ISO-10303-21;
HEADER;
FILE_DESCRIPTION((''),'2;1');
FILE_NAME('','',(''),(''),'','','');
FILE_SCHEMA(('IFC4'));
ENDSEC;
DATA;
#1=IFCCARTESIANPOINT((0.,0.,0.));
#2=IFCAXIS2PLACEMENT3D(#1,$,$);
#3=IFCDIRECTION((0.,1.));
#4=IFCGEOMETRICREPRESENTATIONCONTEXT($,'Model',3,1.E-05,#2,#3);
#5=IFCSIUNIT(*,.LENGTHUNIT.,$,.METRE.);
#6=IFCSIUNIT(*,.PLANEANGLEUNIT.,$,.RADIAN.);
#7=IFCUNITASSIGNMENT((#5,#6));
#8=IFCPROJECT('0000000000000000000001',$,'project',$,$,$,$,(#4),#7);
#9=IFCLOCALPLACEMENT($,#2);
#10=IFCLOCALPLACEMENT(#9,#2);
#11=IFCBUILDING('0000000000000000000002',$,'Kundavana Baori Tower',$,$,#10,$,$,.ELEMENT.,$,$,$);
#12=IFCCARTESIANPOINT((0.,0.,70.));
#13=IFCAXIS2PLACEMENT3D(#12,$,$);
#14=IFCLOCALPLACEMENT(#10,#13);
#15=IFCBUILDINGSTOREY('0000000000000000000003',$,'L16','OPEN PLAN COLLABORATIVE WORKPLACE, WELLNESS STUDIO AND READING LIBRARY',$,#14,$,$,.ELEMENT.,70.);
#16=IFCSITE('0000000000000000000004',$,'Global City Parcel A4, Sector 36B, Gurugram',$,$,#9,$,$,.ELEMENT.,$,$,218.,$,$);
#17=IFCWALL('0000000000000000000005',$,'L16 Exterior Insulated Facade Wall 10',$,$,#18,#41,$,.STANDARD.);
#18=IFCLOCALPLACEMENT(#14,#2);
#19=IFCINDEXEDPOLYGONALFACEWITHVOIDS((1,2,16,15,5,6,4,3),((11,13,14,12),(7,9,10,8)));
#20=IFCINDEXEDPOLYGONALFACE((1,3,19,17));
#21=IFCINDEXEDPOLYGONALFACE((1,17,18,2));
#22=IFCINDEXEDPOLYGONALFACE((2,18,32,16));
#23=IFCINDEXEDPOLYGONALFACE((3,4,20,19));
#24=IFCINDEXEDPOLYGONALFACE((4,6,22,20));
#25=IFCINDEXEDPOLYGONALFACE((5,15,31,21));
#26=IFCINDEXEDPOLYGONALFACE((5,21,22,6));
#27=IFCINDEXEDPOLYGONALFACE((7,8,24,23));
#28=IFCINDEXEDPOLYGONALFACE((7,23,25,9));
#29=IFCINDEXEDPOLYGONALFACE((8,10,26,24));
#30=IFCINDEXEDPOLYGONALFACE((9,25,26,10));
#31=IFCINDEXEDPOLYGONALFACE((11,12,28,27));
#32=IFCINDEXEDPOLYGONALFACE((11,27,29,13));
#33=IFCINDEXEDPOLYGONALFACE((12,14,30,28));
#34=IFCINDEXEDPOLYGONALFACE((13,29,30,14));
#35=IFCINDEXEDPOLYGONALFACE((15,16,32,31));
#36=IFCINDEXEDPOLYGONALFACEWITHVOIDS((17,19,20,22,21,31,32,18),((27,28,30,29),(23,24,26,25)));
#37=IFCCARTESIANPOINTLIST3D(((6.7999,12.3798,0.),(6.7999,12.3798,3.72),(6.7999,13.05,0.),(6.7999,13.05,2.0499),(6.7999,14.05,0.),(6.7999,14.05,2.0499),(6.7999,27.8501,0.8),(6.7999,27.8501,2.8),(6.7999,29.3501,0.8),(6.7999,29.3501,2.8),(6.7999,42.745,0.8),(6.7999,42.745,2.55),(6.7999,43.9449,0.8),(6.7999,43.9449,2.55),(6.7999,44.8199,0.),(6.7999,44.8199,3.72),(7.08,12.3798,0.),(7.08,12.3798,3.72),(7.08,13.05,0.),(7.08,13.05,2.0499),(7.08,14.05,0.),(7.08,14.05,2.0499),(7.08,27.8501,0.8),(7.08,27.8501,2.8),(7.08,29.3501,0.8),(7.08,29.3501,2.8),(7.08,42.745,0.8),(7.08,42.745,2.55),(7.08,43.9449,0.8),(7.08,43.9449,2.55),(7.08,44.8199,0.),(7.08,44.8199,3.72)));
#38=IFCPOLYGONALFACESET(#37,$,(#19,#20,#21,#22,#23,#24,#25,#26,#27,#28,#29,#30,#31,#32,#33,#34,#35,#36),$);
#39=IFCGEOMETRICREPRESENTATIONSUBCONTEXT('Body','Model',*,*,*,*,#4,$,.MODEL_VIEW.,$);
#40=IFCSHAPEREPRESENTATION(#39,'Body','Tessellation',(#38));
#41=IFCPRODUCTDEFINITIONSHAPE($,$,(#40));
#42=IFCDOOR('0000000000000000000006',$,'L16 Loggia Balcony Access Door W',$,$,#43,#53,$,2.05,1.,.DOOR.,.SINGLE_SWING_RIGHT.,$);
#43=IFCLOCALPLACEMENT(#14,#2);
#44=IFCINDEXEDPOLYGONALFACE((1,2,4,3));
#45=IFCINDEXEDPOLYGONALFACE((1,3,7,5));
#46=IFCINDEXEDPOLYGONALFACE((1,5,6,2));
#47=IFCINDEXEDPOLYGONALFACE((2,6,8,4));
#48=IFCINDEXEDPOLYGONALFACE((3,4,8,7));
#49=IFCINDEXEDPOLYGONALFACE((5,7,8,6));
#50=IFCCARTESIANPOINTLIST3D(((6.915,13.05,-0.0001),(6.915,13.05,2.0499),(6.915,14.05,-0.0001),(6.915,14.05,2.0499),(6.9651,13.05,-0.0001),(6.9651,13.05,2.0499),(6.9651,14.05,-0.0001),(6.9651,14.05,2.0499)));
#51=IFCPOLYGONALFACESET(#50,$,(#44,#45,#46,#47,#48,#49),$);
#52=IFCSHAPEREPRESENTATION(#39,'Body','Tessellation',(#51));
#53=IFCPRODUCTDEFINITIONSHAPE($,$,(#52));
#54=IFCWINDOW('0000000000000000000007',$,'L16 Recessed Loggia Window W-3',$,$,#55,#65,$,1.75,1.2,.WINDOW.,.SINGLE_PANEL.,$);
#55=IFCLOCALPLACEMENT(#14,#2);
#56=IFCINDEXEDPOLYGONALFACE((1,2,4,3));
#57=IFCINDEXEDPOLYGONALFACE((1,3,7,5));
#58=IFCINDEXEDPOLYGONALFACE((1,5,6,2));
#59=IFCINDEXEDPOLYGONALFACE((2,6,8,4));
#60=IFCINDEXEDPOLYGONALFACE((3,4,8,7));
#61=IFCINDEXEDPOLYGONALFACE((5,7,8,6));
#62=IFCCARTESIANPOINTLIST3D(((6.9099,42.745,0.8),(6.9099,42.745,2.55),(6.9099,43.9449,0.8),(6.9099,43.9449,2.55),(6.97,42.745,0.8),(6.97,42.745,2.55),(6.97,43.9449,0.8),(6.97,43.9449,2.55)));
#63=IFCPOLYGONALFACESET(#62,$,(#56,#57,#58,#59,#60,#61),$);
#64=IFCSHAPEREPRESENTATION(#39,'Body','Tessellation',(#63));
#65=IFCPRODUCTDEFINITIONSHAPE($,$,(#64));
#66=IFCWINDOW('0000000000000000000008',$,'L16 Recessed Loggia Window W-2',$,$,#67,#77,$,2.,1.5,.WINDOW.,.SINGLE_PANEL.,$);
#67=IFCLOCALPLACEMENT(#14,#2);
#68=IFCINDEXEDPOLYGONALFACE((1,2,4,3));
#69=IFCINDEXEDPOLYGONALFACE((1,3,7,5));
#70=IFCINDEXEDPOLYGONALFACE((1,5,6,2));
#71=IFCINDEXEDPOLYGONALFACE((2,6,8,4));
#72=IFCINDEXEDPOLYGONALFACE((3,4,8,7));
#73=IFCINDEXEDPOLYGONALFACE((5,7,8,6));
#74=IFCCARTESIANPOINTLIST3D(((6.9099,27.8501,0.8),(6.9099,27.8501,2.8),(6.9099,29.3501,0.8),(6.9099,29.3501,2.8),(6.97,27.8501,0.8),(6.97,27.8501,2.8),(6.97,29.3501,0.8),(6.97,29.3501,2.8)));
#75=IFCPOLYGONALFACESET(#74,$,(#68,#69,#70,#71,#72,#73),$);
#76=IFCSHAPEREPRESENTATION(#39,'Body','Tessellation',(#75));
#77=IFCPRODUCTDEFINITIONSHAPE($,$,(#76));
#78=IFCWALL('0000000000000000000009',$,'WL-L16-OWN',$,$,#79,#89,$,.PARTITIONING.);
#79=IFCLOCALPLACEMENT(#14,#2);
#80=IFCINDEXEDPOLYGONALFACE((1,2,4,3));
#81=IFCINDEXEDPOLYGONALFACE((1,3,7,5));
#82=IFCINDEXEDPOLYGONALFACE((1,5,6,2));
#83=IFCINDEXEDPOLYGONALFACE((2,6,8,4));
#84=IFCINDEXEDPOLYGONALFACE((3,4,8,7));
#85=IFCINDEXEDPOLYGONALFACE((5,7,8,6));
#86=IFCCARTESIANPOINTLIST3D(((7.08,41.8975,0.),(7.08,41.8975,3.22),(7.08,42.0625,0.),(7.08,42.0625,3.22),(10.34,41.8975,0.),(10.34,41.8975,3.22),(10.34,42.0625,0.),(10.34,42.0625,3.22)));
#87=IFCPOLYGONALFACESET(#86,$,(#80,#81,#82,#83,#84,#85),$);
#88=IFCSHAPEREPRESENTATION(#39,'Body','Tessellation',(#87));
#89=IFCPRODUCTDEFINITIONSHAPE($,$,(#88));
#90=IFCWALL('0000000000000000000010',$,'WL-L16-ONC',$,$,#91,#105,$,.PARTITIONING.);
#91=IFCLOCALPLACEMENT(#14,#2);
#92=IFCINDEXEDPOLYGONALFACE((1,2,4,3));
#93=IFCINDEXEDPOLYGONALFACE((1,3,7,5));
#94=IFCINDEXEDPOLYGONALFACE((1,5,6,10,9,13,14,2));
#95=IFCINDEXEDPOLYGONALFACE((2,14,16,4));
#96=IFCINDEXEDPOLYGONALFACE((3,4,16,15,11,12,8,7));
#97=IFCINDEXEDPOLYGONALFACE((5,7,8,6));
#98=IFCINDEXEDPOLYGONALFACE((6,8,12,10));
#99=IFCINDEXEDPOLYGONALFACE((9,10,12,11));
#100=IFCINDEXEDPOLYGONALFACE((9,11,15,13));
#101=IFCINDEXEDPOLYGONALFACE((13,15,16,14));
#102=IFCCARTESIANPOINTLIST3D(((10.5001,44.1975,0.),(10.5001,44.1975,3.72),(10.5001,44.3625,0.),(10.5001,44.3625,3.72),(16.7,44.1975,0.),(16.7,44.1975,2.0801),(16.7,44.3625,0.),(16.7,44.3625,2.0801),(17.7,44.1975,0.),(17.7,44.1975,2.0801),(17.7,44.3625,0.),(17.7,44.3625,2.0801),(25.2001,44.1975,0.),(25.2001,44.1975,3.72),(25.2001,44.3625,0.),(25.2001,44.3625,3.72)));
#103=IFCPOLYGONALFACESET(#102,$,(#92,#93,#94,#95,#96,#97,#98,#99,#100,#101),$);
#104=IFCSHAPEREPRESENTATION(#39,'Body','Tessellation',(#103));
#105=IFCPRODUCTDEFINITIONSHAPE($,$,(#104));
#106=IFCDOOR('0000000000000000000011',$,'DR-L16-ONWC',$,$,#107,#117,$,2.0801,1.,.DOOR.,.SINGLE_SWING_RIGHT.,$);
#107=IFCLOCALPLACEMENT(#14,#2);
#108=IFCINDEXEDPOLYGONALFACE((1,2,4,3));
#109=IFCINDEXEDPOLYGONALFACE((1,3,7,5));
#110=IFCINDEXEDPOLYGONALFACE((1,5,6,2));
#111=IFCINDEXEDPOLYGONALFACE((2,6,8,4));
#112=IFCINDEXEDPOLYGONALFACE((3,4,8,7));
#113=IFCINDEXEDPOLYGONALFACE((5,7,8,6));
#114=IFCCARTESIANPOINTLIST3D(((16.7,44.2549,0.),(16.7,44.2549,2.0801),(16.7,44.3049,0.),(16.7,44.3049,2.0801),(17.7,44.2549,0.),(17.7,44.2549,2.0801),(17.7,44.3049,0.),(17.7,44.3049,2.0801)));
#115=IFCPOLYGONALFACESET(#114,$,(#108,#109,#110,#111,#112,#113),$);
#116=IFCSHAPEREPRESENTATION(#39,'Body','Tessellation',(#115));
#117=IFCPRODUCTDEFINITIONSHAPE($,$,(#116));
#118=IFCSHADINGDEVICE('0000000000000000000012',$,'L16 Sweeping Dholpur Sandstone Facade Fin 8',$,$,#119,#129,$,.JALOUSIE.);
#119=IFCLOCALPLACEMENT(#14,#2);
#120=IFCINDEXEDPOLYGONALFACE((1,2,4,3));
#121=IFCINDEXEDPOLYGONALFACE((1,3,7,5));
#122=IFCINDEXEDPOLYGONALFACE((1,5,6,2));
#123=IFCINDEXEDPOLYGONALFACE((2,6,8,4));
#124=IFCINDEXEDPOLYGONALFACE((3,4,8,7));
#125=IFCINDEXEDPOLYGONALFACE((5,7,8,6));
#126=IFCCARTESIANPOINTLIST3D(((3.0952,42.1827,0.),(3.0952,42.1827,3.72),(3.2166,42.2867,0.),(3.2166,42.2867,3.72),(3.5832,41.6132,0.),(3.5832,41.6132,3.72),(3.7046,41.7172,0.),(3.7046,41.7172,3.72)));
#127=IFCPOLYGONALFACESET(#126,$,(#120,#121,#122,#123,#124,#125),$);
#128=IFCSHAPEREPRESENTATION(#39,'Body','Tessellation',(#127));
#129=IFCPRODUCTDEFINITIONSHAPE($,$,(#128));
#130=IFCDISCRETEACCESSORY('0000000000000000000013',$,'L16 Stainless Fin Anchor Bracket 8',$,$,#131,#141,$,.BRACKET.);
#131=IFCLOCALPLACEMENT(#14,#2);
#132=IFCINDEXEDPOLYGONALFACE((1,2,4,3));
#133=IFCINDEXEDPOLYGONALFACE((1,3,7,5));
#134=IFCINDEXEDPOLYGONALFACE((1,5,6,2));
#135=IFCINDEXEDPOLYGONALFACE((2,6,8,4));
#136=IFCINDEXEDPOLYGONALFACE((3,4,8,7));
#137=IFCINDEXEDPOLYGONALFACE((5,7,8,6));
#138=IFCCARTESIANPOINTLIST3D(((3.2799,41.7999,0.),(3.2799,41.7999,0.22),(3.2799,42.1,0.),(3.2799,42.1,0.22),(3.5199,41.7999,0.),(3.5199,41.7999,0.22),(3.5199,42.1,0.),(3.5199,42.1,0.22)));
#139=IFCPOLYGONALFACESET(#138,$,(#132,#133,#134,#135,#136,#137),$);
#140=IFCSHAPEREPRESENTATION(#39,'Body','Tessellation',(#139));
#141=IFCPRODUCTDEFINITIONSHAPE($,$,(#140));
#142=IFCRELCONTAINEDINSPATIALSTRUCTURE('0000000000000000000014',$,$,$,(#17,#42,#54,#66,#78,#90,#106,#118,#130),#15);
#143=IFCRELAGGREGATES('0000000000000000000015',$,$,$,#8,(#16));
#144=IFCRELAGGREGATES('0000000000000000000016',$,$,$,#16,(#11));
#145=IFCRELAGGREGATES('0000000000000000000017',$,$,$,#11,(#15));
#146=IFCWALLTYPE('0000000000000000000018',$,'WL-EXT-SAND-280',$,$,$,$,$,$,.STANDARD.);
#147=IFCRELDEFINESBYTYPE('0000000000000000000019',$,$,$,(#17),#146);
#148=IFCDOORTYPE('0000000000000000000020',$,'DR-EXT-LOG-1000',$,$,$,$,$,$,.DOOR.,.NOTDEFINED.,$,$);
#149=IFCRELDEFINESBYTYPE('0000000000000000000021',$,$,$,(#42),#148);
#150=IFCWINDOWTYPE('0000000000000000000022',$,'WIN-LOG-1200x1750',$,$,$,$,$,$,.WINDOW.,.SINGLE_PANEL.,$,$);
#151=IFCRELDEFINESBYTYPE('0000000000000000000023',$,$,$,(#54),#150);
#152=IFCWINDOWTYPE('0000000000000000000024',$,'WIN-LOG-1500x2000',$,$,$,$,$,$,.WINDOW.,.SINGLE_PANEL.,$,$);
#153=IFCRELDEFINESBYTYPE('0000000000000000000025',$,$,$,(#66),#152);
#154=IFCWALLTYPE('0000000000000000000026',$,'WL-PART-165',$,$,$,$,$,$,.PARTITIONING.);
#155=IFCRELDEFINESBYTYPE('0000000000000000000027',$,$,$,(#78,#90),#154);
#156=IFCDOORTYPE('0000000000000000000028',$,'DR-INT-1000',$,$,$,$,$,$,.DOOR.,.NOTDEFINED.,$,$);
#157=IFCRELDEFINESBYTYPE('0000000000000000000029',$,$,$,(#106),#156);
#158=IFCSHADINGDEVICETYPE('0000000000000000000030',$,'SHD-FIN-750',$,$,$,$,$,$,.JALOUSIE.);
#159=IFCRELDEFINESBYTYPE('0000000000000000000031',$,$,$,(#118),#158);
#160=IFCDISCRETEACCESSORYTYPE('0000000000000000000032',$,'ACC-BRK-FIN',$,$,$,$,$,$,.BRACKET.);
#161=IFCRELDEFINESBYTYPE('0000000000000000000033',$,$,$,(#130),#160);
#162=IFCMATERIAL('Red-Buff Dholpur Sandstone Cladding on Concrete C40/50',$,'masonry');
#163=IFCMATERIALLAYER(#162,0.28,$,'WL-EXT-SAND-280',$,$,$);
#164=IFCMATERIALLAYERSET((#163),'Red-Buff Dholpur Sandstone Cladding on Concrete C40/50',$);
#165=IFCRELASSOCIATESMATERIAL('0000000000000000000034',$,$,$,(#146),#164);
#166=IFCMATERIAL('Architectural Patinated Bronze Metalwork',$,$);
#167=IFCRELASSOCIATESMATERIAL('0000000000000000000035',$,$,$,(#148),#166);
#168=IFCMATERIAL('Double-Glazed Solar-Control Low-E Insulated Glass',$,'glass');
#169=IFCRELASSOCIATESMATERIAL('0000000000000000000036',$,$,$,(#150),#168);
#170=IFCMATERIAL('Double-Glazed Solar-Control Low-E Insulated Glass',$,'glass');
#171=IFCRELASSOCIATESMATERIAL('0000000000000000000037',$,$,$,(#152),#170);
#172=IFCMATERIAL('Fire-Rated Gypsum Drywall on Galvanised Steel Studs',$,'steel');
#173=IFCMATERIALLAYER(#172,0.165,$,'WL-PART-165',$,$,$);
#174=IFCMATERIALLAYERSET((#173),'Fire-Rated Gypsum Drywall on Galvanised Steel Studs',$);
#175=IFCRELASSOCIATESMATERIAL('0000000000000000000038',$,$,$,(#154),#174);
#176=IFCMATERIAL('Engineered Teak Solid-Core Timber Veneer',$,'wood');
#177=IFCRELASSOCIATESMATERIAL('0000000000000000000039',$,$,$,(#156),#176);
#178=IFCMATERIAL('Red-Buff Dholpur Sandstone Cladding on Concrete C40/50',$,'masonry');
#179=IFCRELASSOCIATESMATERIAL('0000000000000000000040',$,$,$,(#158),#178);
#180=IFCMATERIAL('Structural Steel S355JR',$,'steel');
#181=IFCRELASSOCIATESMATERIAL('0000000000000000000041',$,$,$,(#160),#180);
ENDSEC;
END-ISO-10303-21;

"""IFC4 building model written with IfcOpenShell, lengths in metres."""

from ifc_helpers import new_model, si_unit, direction, frame, frame_2d, origin, origin_2d, place, context, subcontext, project, spatial, rectangle, extrude, material, layer, layer_set, type_object, element, fill, save


model = new_model("IFC4")

# Units and contexts
model_context = context("Model", 3, precision=1e-05, world=origin(), true_north=direction((0.0, 1.0)))
body_context = subcontext(model_context, "Body", "Model", "MODEL_VIEW")
ifc_project = project(units=[si_unit("LENGTHUNIT", "METRE"), si_unit("PLANEANGLEUNIT", "RADIAN")], contexts=[model_context])

# Site, building, storey
site_placement = place(None, origin())
site = spatial("IfcSite", under=ifc_project, at=site_placement, Name="Global City Parcel A4, Sector 36B, Gurugram", CompositionType="ELEMENT", RefElevation=218.0)
building_placement = place(site_placement, origin())
building = spatial("IfcBuilding", under=site, at=building_placement, Name="Kundavana Baori Tower", CompositionType="ELEMENT")
storey_placement = place(building_placement, frame((0.0, 0.0, 70.0)))
storey = spatial("IfcBuildingStorey", under=building, at=storey_placement, Name="L16", Description="OPEN PLAN COLLABORATIVE WORKPLACE, WELLNESS STUDIO AND READING LIBRARY", CompositionType="ELEMENT", Elevation=70.0)

# Shared definitions
ifc_material_1 = material(Name="Red-Buff Dholpur Sandstone Cladding on Concrete C40/50", Category="masonry")
ifc_layer_1 = layer(ifc_material_1, 0.28, Name="WL-EXT-SAND-280")
ifc_layer_set_1 = layer_set([ifc_layer_1], Name="Red-Buff Dholpur Sandstone Cladding on Concrete C40/50")
wall_type_1 = type_object("IfcWallType", Name="WL-EXT-SAND-280", PredefinedType="STANDARD", material=ifc_layer_set_1)

# Wall, openings, door, windows
wall_1_placement = place(storey_placement, frame((6.9399, 44.8201, 0.0), z_axis=(0.0, 0.0, 1.0), x_axis=(0.0, -1.0, 0.0)))
wall_1 = element("IfcWall", 1, at=wall_1_placement, inside=storey, type_object=wall_type_1, Name="L16 Exterior Insulated Facade Wall 10", PredefinedType="STANDARD", context=body_context, shape_type="SweptSolid", body=[
    extrude(rectangle(XDim=32.4402, YDim=0.28, at=frame_2d((16.2202, 0.0))), origin(), (0.0, 0.0, 1.0), 3.72),
])
opening_1_placement = place(wall_1_placement, frame((30.77, 0.0, 0.0)))
opening_1 = element("IfcOpeningElement", 2, at=opening_1_placement, cuts=wall_1, PredefinedType="OPENING", context=body_context, shape_type="SweptSolid", body=[
    extrude(rectangle(XDim=1.0, YDim=2.05, at=frame_2d((0.5, 1.0249))), frame((0.0, 0.1499, 0.0), z_axis=(0.0, -1.0, 0.0), x_axis=(1.0, 0.0, 0.0)), (0.0, 0.0, 1.0), 0.3),
])
opening_2_placement = place(wall_1_placement, frame((15.47, 0.0, 0.8)))
opening_2 = element("IfcOpeningElement", 3, at=opening_2_placement, cuts=wall_1, PredefinedType="OPENING", context=body_context, shape_type="SweptSolid", body=[
    extrude(rectangle(XDim=1.5, YDim=2.0, at=frame_2d((0.75, 1.0))), frame((0.0, 0.1499, 0.0), z_axis=(0.0, -1.0, 0.0), x_axis=(1.0, 0.0, 0.0)), (0.0, 0.0, 1.0), 0.3),
])
opening_3_placement = place(wall_1_placement, frame((0.875, 0.0, 0.8)))
opening_3 = element("IfcOpeningElement", 4, at=opening_3_placement, cuts=wall_1, PredefinedType="OPENING", context=body_context, shape_type="SweptSolid", body=[
    extrude(rectangle(XDim=1.2, YDim=1.75, at=frame_2d((0.6001, 0.875))), frame((0.0, 0.1499, 0.0), z_axis=(0.0, -1.0, 0.0), x_axis=(1.0, 0.0, 0.0)), (0.0, 0.0, 1.0), 0.3),
])
ifc_material_2 = material(Name="Architectural Patinated Bronze Metalwork")
door_type_1 = type_object("IfcDoorType", Name="DR-EXT-LOG-1000", OperationType="NOTDEFINED", PredefinedType="DOOR", material=ifc_material_2)
door_1_placement = place(opening_1_placement, frame((1.0, 0.0, 0.0), z_axis=(0.0, 0.0, 1.0), x_axis=(-1.0, 0.0, 0.0)))
door_1 = element("IfcDoor", 5, at=door_1_placement, inside=storey, type_object=door_type_1, Name="L16 Loggia Balcony Access Door W", OperationType="SINGLE_SWING_RIGHT", OverallHeight=2.05, OverallWidth=1.0, PredefinedType="DOOR", context=body_context, shape_type="SweptSolid", body=[
    extrude(rectangle(XDim=1.0, YDim=2.05, at=frame_2d((0.5, 1.0249))), frame((0.0, 0.0249, 0.0), z_axis=(0.0, -1.0, 0.0), x_axis=(1.0, 0.0, 0.0)), (0.0, 0.0, 1.0), 0.05),
])
fill(opening_1, door_1)
ifc_material_3 = material(Name="Double-Glazed Solar-Control Low-E Insulated Glass", Category="glass")
window_type_1 = type_object("IfcWindowType", Name="WIN-LOG-1200x1750", PartitioningType="SINGLE_PANEL", PredefinedType="WINDOW", material=ifc_material_3)
window_1_placement = place(opening_3_placement, origin())
window_1 = element("IfcWindow", 6, at=window_1_placement, inside=storey, type_object=window_type_1, Name="L16 Recessed Loggia Window W-3", OverallHeight=1.75, OverallWidth=1.2, PartitioningType="SINGLE_PANEL", PredefinedType="WINDOW", context=body_context, shape_type="SweptSolid", body=[
    extrude(rectangle(XDim=1.2, YDim=1.75, at=frame_2d((0.6001, 0.875))), frame((0.0, 0.03, 0.0), z_axis=(0.0, -1.0, 0.0), x_axis=(1.0, 0.0, 0.0)), (0.0, 0.0, 1.0), 0.0601),
])
fill(opening_3, window_1)
ifc_material_4 = material(Name="Double-Glazed Solar-Control Low-E Insulated Glass", Category="glass")
window_type_2 = type_object("IfcWindowType", Name="WIN-LOG-1500x2000", PartitioningType="SINGLE_PANEL", PredefinedType="WINDOW", material=ifc_material_4)
window_2_placement = place(opening_2_placement, origin())
window_2 = element("IfcWindow", 7, at=window_2_placement, inside=storey, type_object=window_type_2, Name="L16 Recessed Loggia Window W-2", OverallHeight=2.0, OverallWidth=1.5, PartitioningType="SINGLE_PANEL", PredefinedType="WINDOW", context=body_context, shape_type="SweptSolid", body=[
    extrude(rectangle(XDim=1.5, YDim=2.0, at=frame_2d((0.75, 1.0))), frame((0.0, 0.03, 0.0), z_axis=(0.0, -1.0, 0.0), x_axis=(1.0, 0.0, 0.0)), (0.0, 0.0, 1.0), 0.0601),
])
fill(opening_2, window_2)

# Wall
ifc_material_5 = material(Name="Fire-Rated Gypsum Drywall on Galvanised Steel Studs", Category="steel")
ifc_layer_2 = layer(ifc_material_5, 0.165, Name="WL-PART-165")
ifc_layer_set_2 = layer_set([ifc_layer_2], Name="Fire-Rated Gypsum Drywall on Galvanised Steel Studs")
wall_type_2 = type_object("IfcWallType", Name="WL-PART-165", PredefinedType="PARTITIONING", material=ifc_layer_set_2)
wall_2_placement = place(storey_placement, frame((7.0801, 41.98, 0.0), z_axis=(0.0, 0.0, 1.0), x_axis=(1.0, 0.0, 0.0)))
element("IfcWall", 8, at=wall_2_placement, inside=storey, type_object=wall_type_2, Name="WL-L16-OWN", PredefinedType="PARTITIONING", context=body_context, shape_type="SweptSolid", body=[
    extrude(rectangle(XDim=3.26, YDim=0.165, at=frame_2d((1.6299, 0.0))), origin(), (0.0, 0.0, 1.0), 3.22),
])

# Wall, opening, door
wall_3_placement = place(storey_placement, frame((10.5, 44.28, 0.0), z_axis=(0.0, 0.0, 1.0), x_axis=(1.0, 0.0, 0.0)))
wall_3 = element("IfcWall", 9, at=wall_3_placement, inside=storey, type_object=wall_type_2, Name="WL-L16-ONC", PredefinedType="PARTITIONING", context=body_context, shape_type="SweptSolid", body=[
    extrude(rectangle(XDim=14.7, YDim=0.165, at=frame_2d((7.3501, 0.0))), origin(), (0.0, 0.0, 1.0), 3.72),
])
opening_4_placement = place(wall_3_placement, frame((6.2, 0.0, 0.0)))
opening_4 = element("IfcOpeningElement", 10, at=opening_4_placement, cuts=wall_3, PredefinedType="OPENING", context=body_context, shape_type="SweptSolid", body=[
    extrude(rectangle(XDim=1.0, YDim=2.0801, at=frame_2d((0.5, 1.04))), frame((0.0, 0.0925, 0.0), z_axis=(0.0, -1.0, 0.0), x_axis=(1.0, 0.0, 0.0)), (0.0, 0.0, 1.0), 0.1851),
])
ifc_material_6 = material(Name="Engineered Teak Solid-Core Timber Veneer", Category="wood")
door_type_2 = type_object("IfcDoorType", Name="DR-INT-1000", OperationType="NOTDEFINED", PredefinedType="DOOR", material=ifc_material_6)
door_2_placement = place(opening_4_placement, origin())
door_2 = element("IfcDoor", 11, at=door_2_placement, inside=storey, type_object=door_type_2, Name="DR-L16-ONWC", OperationType="SINGLE_SWING_RIGHT", OverallHeight=2.0801, OverallWidth=1.0, PredefinedType="DOOR", context=body_context, shape_type="SweptSolid", body=[
    extrude(rectangle(XDim=1.0, YDim=2.0801, at=frame_2d((0.5, 1.04))), frame((0.0, 0.0249, 0.0), z_axis=(0.0, -1.0, 0.0), x_axis=(1.0, 0.0, 0.0)), (0.0, 0.0, 1.0), 0.05),
])
fill(opening_4, door_2)

# Shading device
ifc_material_7 = material(Name="Red-Buff Dholpur Sandstone Cladding on Concrete C40/50", Category="masonry")
shading_device_type = type_object("IfcShadingDeviceType", Name="SHD-FIN-750", PredefinedType="JALOUSIE", material=ifc_material_7)
shading_device_placement = place(storey_placement, frame((3.3999, 41.95, 0.0), z_axis=(0.0, 0.0, 1.0), x_axis=(0.759385, 0.650642, 0.0)))
element("IfcShadingDevice", 12, at=shading_device_placement, inside=storey, type_object=shading_device_type, Name="L16 Sweeping Dholpur Sandstone Facade Fin 8", PredefinedType="JALOUSIE", context=body_context, shape_type="SweptSolid", body=[
    extrude(rectangle(XDim=0.1599, YDim=0.75, at=origin_2d()), origin(), (0.0, 0.0, 1.0), 3.72),
])

# Discrete accessory
ifc_material_8 = material(Name="Structural Steel S355JR", Category="steel")
discrete_accessory_type = type_object("IfcDiscreteAccessoryType", Name="ACC-BRK-FIN", PredefinedType="BRACKET", material=ifc_material_8)
discrete_accessory_placement = place(storey_placement, frame((3.3999, 41.95, 0.0), z_axis=(0.0, 0.0, 1.0), x_axis=(1.0, 0.0, 0.0)))
element("IfcDiscreteAccessory", 13, at=discrete_accessory_placement, inside=storey, type_object=discrete_accessory_type, Name="L16 Stainless Fin Anchor Bracket 8", PredefinedType="BRACKET", context=body_context, shape_type="SweptSolid", body=[
    extrude(rectangle(XDim=0.24, YDim=0.3, at=origin_2d()), origin(), (0.0, 0.0, 1.0), 0.22),
])

save(model, "model.ifc")
